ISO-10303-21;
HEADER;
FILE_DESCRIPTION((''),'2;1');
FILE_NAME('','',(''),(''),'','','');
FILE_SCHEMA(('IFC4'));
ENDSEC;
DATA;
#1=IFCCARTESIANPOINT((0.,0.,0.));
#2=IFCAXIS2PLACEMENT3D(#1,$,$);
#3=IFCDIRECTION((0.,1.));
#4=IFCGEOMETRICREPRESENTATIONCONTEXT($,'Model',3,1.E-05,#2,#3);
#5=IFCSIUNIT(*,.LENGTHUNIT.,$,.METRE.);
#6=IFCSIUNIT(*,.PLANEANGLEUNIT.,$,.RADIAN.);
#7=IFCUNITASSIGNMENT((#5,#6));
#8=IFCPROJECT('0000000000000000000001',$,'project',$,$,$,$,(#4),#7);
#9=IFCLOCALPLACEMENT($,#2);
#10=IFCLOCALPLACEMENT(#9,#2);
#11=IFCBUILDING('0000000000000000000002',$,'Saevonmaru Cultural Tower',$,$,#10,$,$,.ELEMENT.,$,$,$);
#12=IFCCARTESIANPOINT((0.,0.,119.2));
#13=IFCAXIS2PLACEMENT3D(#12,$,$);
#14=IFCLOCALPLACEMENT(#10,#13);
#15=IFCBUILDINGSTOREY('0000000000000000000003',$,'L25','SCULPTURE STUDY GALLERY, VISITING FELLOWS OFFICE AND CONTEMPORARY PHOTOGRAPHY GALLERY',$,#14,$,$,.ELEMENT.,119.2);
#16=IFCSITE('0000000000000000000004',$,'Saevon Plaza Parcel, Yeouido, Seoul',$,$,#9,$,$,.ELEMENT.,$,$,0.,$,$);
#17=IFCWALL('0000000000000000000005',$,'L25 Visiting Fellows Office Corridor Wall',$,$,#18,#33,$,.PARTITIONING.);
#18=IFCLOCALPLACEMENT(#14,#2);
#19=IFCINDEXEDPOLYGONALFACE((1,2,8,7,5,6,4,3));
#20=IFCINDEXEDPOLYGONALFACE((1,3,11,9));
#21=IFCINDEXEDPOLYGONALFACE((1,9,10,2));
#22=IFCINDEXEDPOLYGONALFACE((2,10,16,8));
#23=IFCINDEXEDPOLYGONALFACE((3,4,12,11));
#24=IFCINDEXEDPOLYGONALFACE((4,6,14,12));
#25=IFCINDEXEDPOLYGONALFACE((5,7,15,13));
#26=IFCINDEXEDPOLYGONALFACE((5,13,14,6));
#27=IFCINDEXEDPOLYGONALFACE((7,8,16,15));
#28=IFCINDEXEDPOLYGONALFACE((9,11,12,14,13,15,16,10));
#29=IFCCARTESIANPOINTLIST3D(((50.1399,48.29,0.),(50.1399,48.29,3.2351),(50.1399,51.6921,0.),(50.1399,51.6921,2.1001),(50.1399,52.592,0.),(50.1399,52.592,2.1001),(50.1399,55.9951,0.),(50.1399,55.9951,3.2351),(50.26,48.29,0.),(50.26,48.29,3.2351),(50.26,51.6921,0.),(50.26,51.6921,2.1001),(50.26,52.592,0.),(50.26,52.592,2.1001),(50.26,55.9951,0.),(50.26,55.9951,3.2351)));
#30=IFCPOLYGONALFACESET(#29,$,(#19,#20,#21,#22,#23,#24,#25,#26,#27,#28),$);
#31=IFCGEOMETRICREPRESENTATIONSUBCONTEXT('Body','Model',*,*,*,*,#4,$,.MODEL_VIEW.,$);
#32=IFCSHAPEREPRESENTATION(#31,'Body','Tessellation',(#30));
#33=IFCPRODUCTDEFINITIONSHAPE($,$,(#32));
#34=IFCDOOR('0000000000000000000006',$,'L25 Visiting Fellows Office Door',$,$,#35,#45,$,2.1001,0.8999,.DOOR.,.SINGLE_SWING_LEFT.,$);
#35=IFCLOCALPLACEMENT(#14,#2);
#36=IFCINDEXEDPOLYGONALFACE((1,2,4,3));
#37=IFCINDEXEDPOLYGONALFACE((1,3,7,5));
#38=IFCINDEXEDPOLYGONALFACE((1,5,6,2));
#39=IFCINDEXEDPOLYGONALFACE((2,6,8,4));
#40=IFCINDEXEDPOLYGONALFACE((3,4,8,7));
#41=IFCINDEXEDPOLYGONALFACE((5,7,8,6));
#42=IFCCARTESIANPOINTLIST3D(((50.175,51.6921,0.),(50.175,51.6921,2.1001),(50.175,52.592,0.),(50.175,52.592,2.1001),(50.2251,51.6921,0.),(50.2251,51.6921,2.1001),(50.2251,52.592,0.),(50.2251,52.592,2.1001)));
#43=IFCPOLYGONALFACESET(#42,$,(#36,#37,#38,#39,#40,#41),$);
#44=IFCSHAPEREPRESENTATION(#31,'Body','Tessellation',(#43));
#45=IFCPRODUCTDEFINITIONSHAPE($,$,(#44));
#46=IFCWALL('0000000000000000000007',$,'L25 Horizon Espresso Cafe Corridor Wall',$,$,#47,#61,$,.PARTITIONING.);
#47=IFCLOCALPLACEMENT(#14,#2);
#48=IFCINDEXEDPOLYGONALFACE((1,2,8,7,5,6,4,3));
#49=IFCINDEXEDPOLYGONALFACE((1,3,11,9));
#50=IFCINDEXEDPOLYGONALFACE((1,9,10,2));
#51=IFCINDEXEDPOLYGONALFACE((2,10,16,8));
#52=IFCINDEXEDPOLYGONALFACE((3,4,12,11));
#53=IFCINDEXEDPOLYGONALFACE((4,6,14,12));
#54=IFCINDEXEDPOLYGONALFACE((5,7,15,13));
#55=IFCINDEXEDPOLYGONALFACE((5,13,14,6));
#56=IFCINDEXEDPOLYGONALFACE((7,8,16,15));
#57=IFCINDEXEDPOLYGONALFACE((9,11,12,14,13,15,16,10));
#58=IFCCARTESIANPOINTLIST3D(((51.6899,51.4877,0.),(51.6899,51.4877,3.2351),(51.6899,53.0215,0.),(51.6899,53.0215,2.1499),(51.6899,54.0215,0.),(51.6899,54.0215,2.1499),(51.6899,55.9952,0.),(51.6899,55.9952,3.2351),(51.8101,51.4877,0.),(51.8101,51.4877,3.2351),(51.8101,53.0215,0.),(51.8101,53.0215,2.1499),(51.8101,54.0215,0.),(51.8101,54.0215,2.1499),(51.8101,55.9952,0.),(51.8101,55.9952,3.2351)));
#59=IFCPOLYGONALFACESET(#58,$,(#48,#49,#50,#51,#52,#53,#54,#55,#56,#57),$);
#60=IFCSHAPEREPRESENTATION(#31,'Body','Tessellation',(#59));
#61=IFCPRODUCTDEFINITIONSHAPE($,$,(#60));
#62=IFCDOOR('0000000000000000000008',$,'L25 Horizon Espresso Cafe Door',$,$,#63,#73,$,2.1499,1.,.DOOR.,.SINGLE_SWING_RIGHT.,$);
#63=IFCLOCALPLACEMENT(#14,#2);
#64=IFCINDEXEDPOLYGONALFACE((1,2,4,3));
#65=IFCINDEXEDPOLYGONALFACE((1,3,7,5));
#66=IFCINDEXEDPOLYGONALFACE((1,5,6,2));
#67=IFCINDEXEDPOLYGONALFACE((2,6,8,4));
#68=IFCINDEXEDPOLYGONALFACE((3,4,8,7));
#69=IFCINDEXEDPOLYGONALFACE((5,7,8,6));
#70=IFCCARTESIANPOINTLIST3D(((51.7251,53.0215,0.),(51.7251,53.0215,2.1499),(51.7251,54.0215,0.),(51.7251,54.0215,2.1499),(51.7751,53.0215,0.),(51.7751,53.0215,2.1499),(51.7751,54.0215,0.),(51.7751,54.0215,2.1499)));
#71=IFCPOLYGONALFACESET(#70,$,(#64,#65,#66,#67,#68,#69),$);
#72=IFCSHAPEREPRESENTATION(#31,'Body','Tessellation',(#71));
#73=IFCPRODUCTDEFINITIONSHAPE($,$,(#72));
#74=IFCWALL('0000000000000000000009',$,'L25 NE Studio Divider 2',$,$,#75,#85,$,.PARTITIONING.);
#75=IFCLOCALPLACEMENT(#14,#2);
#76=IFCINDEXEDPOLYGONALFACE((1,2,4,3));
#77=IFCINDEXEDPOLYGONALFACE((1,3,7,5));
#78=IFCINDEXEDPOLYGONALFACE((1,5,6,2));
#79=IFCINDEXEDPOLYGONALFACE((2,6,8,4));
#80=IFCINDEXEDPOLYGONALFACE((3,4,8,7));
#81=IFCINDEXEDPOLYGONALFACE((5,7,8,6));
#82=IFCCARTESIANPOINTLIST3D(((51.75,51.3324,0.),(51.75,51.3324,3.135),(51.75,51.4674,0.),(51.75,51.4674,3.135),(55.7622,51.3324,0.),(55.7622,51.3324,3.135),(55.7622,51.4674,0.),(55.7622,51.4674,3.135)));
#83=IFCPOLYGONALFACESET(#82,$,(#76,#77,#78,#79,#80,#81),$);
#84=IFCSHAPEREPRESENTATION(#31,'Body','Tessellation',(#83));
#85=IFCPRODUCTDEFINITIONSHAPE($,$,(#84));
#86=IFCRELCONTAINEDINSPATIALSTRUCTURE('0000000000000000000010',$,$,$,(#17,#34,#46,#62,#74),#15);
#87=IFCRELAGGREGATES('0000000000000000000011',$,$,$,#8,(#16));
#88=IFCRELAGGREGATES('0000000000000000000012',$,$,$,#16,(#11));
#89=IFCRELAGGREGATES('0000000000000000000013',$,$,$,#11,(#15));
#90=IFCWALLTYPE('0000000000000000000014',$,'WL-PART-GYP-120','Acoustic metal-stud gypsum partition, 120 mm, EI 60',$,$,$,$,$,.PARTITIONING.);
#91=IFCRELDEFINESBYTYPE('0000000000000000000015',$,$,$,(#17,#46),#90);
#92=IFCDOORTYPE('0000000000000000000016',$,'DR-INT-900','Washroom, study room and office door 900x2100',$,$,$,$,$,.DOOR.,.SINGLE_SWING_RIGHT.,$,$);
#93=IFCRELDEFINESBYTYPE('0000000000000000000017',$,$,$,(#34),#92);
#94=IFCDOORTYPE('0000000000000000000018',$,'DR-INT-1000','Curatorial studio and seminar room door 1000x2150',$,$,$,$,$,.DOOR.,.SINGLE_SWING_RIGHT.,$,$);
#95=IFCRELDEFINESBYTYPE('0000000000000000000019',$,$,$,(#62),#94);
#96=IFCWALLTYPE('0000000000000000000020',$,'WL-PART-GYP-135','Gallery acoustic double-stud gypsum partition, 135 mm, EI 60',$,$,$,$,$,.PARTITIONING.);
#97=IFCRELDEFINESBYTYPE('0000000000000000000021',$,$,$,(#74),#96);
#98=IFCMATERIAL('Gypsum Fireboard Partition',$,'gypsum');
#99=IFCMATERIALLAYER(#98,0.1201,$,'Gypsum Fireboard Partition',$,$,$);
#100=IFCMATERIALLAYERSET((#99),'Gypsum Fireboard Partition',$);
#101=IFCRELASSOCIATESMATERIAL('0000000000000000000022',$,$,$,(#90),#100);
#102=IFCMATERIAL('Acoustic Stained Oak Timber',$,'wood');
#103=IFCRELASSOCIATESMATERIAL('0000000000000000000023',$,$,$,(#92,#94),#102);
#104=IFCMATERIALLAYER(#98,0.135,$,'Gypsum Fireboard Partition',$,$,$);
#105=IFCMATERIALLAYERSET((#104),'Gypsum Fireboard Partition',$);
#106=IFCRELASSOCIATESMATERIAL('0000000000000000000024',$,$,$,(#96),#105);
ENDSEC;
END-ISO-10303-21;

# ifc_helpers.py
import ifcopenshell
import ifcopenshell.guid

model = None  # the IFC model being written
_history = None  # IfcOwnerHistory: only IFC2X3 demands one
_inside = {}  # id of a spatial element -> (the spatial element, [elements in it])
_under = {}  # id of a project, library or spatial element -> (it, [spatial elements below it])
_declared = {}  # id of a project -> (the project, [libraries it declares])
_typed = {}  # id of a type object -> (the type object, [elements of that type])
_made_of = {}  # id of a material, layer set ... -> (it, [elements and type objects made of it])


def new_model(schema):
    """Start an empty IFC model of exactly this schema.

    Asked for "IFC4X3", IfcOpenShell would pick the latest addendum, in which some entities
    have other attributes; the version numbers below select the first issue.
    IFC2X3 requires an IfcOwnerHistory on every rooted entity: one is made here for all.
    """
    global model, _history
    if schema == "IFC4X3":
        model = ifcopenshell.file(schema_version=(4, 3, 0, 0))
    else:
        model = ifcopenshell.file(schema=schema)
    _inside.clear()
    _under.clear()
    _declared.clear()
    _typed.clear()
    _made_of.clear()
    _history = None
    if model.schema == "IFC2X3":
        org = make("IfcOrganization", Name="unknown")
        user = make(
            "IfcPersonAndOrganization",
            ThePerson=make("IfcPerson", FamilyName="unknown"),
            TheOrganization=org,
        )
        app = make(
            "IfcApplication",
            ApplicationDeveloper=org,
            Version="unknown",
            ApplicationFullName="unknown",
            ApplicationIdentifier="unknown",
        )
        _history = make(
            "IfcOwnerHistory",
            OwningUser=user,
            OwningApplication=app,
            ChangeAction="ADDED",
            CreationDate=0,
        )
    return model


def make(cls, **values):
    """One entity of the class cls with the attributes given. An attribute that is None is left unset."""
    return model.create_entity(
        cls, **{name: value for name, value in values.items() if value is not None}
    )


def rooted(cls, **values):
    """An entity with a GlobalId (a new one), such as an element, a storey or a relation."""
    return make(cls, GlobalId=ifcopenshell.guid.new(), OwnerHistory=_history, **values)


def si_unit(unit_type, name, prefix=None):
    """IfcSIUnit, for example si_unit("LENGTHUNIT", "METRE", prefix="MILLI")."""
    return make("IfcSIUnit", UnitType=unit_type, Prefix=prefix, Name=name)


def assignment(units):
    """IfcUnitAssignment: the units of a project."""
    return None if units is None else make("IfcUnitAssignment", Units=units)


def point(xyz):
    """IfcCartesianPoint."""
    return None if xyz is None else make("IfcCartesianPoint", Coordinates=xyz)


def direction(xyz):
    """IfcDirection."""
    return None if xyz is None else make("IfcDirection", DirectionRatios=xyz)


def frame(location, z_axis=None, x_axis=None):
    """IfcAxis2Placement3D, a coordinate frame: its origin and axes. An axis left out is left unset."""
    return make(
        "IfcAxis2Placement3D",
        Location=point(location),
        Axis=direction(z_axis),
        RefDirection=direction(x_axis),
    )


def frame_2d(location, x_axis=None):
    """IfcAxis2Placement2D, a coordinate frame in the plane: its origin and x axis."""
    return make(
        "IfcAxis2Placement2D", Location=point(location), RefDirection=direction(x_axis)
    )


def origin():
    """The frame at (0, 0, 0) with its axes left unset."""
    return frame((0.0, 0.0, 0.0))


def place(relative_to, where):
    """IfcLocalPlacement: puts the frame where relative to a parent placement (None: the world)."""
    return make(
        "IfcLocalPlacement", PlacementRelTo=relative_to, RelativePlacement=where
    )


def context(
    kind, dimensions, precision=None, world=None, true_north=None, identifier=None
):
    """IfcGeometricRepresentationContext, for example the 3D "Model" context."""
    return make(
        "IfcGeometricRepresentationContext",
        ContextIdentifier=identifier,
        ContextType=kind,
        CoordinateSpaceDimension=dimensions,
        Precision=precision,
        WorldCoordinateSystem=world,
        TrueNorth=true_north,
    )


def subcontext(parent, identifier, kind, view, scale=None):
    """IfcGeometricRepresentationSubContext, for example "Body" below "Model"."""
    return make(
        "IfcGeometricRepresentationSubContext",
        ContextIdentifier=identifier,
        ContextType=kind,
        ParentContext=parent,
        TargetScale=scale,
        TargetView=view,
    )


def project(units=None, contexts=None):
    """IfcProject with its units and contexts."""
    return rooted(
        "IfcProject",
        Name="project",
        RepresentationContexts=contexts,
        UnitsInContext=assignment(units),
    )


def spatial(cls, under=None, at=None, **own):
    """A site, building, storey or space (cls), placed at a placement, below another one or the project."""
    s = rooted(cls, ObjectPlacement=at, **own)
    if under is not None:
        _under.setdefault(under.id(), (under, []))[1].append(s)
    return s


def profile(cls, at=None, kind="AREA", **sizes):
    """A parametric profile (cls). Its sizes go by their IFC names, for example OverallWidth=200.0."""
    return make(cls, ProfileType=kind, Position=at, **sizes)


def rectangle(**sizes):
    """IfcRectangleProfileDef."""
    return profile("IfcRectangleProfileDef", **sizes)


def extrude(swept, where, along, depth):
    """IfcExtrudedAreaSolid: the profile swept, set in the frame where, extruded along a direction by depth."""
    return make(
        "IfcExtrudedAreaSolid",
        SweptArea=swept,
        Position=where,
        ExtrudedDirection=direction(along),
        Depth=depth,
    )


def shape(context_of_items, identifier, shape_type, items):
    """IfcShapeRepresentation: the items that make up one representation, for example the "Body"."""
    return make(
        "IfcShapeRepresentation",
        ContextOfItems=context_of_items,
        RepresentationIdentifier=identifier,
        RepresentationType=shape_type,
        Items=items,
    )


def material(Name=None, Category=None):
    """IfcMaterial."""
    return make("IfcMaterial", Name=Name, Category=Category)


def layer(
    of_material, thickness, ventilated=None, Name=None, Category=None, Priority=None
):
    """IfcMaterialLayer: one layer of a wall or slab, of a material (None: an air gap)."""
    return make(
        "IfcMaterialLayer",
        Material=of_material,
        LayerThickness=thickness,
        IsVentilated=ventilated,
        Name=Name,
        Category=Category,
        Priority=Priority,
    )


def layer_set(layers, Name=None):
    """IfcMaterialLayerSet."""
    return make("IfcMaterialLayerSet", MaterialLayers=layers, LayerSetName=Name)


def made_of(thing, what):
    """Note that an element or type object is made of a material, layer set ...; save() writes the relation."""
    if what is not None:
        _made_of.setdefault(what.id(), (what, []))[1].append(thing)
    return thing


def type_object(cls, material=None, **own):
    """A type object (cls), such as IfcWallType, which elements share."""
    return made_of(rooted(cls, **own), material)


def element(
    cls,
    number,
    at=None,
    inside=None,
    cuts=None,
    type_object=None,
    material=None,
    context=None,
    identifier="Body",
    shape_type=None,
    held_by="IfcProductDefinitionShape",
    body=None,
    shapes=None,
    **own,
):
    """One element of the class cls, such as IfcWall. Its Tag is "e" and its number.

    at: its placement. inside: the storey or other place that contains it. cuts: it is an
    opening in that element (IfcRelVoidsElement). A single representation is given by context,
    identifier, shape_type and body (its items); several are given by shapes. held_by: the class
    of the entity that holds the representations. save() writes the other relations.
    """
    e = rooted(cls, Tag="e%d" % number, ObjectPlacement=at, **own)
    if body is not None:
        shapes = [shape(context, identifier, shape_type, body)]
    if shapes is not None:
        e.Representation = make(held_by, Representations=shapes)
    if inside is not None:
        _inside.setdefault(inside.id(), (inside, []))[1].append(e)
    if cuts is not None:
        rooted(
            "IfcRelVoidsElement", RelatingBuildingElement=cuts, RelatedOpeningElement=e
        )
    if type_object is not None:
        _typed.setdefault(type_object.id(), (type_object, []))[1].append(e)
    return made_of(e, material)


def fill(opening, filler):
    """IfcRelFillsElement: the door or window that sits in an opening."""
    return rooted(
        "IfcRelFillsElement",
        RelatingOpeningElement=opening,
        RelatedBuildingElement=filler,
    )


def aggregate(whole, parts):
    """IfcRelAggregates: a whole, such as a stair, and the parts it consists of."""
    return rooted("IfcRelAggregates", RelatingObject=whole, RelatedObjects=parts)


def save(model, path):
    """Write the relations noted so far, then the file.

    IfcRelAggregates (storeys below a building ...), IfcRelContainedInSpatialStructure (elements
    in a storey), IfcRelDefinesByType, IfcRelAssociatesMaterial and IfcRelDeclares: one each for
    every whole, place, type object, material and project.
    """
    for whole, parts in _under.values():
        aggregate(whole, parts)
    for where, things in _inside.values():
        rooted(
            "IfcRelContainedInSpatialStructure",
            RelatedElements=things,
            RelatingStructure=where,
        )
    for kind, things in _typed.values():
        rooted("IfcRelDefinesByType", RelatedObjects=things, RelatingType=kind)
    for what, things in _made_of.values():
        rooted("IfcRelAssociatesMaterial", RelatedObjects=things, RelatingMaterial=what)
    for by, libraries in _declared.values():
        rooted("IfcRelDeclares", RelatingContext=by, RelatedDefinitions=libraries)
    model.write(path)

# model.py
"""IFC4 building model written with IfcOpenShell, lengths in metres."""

from ifc_helpers import new_model, si_unit, direction, frame, frame_2d, origin, place, context, subcontext, project, spatial, rectangle, extrude, material, layer, layer_set, type_object, element, fill, save


model = new_model("IFC4")

# Units and contexts
model_context = context("Model", 3, precision=1e-05, world=origin(), true_north=direction((0.0, 1.0)))
body_context = subcontext(model_context, "Body", "Model", "MODEL_VIEW")
ifc_project = project(units=[si_unit("LENGTHUNIT", "METRE"), si_unit("PLANEANGLEUNIT", "RADIAN")], contexts=[model_context])

# Site, building, storey
site_placement = place(None, origin())
site = spatial("IfcSite", under=ifc_project, at=site_placement, Name="Saevon Plaza Parcel, Yeouido, Seoul", CompositionType="ELEMENT", RefElevation=0.0)
building_placement = place(site_placement, origin())
building = spatial("IfcBuilding", under=site, at=building_placement, Name="Saevonmaru Cultural Tower", CompositionType="ELEMENT")
storey_placement = place(building_placement, frame((0.0, 0.0, 119.2)))
storey = spatial("IfcBuildingStorey", under=building, at=storey_placement, Name="L25", Description="SCULPTURE STUDY GALLERY, VISITING FELLOWS OFFICE AND CONTEMPORARY PHOTOGRAPHY GALLERY", CompositionType="ELEMENT", Elevation=119.2)

# Walls, openings, doors
ifc_material_1 = material(Name="Gypsum Fireboard Partition", Category="gypsum")
ifc_layer_1 = layer(ifc_material_1, 0.1201, Name="Gypsum Fireboard Partition")
ifc_layer_set_1 = layer_set([ifc_layer_1], Name="Gypsum Fireboard Partition")
wall_type_1 = type_object("IfcWallType", Name="WL-PART-GYP-120", Description="Acoustic metal-stud gypsum partition, 120 mm, EI 60", PredefinedType="PARTITIONING", material=ifc_layer_set_1)
wall_1_placement = place(storey_placement, frame((50.2, 48.29, 0.0), z_axis=(0.0, 0.0, 1.0), x_axis=(0.0, 1.0, 0.0)))
wall_1 = element("IfcWall", 1, at=wall_1_placement, inside=storey, type_object=wall_type_1, Name="L25 Visiting Fellows Office Corridor Wall", PredefinedType="PARTITIONING", context=body_context, shape_type="SweptSolid", body=[
    extrude(rectangle(XDim=7.7051, YDim=0.1201, at=frame_2d((3.8525, 0.0))), origin(), (0.0, 0.0, 1.0), 3.2351),
])
opening_1_placement = place(wall_1_placement, frame((3.4021, 0.0, 0.0)))
opening_1 = element("IfcOpeningElement", 2, at=opening_1_placement, cuts=wall_1, PredefinedType="OPENING", context=body_context, shape_type="SweptSolid", body=[
    extrude(rectangle(XDim=0.8999, YDim=2.1001, at=frame_2d((0.45, 1.05))), frame((0.0, 0.0701, 0.0), z_axis=(0.0, -1.0, 0.0), x_axis=(1.0, 0.0, 0.0)), (0.0, 0.0, 1.0), 0.1401),
])
ifc_material_2 = material(Name="Acoustic Stained Oak Timber", Category="wood")
door_type_1 = type_object("IfcDoorType", Name="DR-INT-900", Description="Washroom, study room and office door 900x2100", OperationType="SINGLE_SWING_RIGHT", PredefinedType="DOOR", material=ifc_material_2)
door_1_placement = place(opening_1_placement, origin())
door_1 = element("IfcDoor", 3, at=door_1_placement, inside=storey, type_object=door_type_1, Name="L25 Visiting Fellows Office Door", OperationType="SINGLE_SWING_LEFT", OverallHeight=2.1001, OverallWidth=0.8999, PredefinedType="DOOR", context=body_context, shape_type="SweptSolid", body=[
    extrude(rectangle(XDim=0.8999, YDim=2.1001, at=frame_2d((0.45, 1.05))), frame((0.0, 0.0249, 0.0), z_axis=(0.0, -1.0, 0.0), x_axis=(1.0, 0.0, 0.0)), (0.0, 0.0, 1.0), 0.05),
])
fill(opening_1, door_1)
wall_2_placement = place(storey_placement, frame((51.75, 51.4875, 0.0), z_axis=(0.0, 0.0, 1.0), x_axis=(0.0, 1.0, 0.0)))
wall_2 = element("IfcWall", 4, at=wall_2_placement, inside=storey, type_object=wall_type_1, Name="L25 Horizon Espresso Cafe Corridor Wall", PredefinedType="PARTITIONING", context=body_context, shape_type="SweptSolid", body=[
    extrude(rectangle(XDim=4.5076, YDim=0.1201, at=frame_2d((2.2539, 0.0))), origin(), (0.0, 0.0, 1.0), 3.2351),
])
opening_2_placement = place(wall_2_placement, frame((1.5339, 0.0, 0.0)))
opening_2 = element("IfcOpeningElement", 5, at=opening_2_placement, cuts=wall_2, PredefinedType="OPENING", context=body_context, shape_type="SweptSolid", body=[
    extrude(rectangle(XDim=1.0, YDim=2.1499, at=frame_2d((0.5, 1.075))), frame((0.0, 0.0701, 0.0), z_axis=(0.0, -1.0, 0.0), x_axis=(1.0, 0.0, 0.0)), (0.0, 0.0, 1.0), 0.1401),
])
door_type_2 = type_object("IfcDoorType", Name="DR-INT-1000", Description="Curatorial studio and seminar room door 1000x2150", OperationType="SINGLE_SWING_RIGHT", PredefinedType="DOOR", material=ifc_material_2)
door_2_placement = place(opening_2_placement, origin())
door_2 = element("IfcDoor", 6, at=door_2_placement, inside=storey, type_object=door_type_2, Name="L25 Horizon Espresso Cafe Door", OperationType="SINGLE_SWING_RIGHT", OverallHeight=2.1499, OverallWidth=1.0, PredefinedType="DOOR", context=body_context, shape_type="SweptSolid", body=[
    extrude(rectangle(XDim=1.0, YDim=2.1499, at=frame_2d((0.5, 1.075))), frame((0.0, 0.0249, 0.0), z_axis=(0.0, -1.0, 0.0), x_axis=(1.0, 0.0, 0.0)), (0.0, 0.0, 1.0), 0.05),
])
fill(opening_2, door_2)

# Wall
ifc_layer_2 = layer(ifc_material_1, 0.135, Name="Gypsum Fireboard Partition")
ifc_layer_set_2 = layer_set([ifc_layer_2], Name="Gypsum Fireboard Partition")
wall_type_2 = type_object("IfcWallType", Name="WL-PART-GYP-135", Description="Gallery acoustic double-stud gypsum partition, 135 mm, EI 60", PredefinedType="PARTITIONING", material=ifc_layer_set_2)
wall_3_placement = place(storey_placement, frame((51.75, 51.3999, 0.0), z_axis=(0.0, 0.0, 1.0), x_axis=(1.0, 0.0, 0.0)))
element("IfcWall", 7, at=wall_3_placement, inside=storey, type_object=wall_type_2, Name="L25 NE Studio Divider 2", PredefinedType="PARTITIONING", context=body_context, shape_type="SweptSolid", body=[
    extrude(rectangle(XDim=4.0122, YDim=0.135, at=frame_2d((2.0061, 0.0))), origin(), (0.0, 0.0, 1.0), 3.135),
])

save(model, "model.ifc")
